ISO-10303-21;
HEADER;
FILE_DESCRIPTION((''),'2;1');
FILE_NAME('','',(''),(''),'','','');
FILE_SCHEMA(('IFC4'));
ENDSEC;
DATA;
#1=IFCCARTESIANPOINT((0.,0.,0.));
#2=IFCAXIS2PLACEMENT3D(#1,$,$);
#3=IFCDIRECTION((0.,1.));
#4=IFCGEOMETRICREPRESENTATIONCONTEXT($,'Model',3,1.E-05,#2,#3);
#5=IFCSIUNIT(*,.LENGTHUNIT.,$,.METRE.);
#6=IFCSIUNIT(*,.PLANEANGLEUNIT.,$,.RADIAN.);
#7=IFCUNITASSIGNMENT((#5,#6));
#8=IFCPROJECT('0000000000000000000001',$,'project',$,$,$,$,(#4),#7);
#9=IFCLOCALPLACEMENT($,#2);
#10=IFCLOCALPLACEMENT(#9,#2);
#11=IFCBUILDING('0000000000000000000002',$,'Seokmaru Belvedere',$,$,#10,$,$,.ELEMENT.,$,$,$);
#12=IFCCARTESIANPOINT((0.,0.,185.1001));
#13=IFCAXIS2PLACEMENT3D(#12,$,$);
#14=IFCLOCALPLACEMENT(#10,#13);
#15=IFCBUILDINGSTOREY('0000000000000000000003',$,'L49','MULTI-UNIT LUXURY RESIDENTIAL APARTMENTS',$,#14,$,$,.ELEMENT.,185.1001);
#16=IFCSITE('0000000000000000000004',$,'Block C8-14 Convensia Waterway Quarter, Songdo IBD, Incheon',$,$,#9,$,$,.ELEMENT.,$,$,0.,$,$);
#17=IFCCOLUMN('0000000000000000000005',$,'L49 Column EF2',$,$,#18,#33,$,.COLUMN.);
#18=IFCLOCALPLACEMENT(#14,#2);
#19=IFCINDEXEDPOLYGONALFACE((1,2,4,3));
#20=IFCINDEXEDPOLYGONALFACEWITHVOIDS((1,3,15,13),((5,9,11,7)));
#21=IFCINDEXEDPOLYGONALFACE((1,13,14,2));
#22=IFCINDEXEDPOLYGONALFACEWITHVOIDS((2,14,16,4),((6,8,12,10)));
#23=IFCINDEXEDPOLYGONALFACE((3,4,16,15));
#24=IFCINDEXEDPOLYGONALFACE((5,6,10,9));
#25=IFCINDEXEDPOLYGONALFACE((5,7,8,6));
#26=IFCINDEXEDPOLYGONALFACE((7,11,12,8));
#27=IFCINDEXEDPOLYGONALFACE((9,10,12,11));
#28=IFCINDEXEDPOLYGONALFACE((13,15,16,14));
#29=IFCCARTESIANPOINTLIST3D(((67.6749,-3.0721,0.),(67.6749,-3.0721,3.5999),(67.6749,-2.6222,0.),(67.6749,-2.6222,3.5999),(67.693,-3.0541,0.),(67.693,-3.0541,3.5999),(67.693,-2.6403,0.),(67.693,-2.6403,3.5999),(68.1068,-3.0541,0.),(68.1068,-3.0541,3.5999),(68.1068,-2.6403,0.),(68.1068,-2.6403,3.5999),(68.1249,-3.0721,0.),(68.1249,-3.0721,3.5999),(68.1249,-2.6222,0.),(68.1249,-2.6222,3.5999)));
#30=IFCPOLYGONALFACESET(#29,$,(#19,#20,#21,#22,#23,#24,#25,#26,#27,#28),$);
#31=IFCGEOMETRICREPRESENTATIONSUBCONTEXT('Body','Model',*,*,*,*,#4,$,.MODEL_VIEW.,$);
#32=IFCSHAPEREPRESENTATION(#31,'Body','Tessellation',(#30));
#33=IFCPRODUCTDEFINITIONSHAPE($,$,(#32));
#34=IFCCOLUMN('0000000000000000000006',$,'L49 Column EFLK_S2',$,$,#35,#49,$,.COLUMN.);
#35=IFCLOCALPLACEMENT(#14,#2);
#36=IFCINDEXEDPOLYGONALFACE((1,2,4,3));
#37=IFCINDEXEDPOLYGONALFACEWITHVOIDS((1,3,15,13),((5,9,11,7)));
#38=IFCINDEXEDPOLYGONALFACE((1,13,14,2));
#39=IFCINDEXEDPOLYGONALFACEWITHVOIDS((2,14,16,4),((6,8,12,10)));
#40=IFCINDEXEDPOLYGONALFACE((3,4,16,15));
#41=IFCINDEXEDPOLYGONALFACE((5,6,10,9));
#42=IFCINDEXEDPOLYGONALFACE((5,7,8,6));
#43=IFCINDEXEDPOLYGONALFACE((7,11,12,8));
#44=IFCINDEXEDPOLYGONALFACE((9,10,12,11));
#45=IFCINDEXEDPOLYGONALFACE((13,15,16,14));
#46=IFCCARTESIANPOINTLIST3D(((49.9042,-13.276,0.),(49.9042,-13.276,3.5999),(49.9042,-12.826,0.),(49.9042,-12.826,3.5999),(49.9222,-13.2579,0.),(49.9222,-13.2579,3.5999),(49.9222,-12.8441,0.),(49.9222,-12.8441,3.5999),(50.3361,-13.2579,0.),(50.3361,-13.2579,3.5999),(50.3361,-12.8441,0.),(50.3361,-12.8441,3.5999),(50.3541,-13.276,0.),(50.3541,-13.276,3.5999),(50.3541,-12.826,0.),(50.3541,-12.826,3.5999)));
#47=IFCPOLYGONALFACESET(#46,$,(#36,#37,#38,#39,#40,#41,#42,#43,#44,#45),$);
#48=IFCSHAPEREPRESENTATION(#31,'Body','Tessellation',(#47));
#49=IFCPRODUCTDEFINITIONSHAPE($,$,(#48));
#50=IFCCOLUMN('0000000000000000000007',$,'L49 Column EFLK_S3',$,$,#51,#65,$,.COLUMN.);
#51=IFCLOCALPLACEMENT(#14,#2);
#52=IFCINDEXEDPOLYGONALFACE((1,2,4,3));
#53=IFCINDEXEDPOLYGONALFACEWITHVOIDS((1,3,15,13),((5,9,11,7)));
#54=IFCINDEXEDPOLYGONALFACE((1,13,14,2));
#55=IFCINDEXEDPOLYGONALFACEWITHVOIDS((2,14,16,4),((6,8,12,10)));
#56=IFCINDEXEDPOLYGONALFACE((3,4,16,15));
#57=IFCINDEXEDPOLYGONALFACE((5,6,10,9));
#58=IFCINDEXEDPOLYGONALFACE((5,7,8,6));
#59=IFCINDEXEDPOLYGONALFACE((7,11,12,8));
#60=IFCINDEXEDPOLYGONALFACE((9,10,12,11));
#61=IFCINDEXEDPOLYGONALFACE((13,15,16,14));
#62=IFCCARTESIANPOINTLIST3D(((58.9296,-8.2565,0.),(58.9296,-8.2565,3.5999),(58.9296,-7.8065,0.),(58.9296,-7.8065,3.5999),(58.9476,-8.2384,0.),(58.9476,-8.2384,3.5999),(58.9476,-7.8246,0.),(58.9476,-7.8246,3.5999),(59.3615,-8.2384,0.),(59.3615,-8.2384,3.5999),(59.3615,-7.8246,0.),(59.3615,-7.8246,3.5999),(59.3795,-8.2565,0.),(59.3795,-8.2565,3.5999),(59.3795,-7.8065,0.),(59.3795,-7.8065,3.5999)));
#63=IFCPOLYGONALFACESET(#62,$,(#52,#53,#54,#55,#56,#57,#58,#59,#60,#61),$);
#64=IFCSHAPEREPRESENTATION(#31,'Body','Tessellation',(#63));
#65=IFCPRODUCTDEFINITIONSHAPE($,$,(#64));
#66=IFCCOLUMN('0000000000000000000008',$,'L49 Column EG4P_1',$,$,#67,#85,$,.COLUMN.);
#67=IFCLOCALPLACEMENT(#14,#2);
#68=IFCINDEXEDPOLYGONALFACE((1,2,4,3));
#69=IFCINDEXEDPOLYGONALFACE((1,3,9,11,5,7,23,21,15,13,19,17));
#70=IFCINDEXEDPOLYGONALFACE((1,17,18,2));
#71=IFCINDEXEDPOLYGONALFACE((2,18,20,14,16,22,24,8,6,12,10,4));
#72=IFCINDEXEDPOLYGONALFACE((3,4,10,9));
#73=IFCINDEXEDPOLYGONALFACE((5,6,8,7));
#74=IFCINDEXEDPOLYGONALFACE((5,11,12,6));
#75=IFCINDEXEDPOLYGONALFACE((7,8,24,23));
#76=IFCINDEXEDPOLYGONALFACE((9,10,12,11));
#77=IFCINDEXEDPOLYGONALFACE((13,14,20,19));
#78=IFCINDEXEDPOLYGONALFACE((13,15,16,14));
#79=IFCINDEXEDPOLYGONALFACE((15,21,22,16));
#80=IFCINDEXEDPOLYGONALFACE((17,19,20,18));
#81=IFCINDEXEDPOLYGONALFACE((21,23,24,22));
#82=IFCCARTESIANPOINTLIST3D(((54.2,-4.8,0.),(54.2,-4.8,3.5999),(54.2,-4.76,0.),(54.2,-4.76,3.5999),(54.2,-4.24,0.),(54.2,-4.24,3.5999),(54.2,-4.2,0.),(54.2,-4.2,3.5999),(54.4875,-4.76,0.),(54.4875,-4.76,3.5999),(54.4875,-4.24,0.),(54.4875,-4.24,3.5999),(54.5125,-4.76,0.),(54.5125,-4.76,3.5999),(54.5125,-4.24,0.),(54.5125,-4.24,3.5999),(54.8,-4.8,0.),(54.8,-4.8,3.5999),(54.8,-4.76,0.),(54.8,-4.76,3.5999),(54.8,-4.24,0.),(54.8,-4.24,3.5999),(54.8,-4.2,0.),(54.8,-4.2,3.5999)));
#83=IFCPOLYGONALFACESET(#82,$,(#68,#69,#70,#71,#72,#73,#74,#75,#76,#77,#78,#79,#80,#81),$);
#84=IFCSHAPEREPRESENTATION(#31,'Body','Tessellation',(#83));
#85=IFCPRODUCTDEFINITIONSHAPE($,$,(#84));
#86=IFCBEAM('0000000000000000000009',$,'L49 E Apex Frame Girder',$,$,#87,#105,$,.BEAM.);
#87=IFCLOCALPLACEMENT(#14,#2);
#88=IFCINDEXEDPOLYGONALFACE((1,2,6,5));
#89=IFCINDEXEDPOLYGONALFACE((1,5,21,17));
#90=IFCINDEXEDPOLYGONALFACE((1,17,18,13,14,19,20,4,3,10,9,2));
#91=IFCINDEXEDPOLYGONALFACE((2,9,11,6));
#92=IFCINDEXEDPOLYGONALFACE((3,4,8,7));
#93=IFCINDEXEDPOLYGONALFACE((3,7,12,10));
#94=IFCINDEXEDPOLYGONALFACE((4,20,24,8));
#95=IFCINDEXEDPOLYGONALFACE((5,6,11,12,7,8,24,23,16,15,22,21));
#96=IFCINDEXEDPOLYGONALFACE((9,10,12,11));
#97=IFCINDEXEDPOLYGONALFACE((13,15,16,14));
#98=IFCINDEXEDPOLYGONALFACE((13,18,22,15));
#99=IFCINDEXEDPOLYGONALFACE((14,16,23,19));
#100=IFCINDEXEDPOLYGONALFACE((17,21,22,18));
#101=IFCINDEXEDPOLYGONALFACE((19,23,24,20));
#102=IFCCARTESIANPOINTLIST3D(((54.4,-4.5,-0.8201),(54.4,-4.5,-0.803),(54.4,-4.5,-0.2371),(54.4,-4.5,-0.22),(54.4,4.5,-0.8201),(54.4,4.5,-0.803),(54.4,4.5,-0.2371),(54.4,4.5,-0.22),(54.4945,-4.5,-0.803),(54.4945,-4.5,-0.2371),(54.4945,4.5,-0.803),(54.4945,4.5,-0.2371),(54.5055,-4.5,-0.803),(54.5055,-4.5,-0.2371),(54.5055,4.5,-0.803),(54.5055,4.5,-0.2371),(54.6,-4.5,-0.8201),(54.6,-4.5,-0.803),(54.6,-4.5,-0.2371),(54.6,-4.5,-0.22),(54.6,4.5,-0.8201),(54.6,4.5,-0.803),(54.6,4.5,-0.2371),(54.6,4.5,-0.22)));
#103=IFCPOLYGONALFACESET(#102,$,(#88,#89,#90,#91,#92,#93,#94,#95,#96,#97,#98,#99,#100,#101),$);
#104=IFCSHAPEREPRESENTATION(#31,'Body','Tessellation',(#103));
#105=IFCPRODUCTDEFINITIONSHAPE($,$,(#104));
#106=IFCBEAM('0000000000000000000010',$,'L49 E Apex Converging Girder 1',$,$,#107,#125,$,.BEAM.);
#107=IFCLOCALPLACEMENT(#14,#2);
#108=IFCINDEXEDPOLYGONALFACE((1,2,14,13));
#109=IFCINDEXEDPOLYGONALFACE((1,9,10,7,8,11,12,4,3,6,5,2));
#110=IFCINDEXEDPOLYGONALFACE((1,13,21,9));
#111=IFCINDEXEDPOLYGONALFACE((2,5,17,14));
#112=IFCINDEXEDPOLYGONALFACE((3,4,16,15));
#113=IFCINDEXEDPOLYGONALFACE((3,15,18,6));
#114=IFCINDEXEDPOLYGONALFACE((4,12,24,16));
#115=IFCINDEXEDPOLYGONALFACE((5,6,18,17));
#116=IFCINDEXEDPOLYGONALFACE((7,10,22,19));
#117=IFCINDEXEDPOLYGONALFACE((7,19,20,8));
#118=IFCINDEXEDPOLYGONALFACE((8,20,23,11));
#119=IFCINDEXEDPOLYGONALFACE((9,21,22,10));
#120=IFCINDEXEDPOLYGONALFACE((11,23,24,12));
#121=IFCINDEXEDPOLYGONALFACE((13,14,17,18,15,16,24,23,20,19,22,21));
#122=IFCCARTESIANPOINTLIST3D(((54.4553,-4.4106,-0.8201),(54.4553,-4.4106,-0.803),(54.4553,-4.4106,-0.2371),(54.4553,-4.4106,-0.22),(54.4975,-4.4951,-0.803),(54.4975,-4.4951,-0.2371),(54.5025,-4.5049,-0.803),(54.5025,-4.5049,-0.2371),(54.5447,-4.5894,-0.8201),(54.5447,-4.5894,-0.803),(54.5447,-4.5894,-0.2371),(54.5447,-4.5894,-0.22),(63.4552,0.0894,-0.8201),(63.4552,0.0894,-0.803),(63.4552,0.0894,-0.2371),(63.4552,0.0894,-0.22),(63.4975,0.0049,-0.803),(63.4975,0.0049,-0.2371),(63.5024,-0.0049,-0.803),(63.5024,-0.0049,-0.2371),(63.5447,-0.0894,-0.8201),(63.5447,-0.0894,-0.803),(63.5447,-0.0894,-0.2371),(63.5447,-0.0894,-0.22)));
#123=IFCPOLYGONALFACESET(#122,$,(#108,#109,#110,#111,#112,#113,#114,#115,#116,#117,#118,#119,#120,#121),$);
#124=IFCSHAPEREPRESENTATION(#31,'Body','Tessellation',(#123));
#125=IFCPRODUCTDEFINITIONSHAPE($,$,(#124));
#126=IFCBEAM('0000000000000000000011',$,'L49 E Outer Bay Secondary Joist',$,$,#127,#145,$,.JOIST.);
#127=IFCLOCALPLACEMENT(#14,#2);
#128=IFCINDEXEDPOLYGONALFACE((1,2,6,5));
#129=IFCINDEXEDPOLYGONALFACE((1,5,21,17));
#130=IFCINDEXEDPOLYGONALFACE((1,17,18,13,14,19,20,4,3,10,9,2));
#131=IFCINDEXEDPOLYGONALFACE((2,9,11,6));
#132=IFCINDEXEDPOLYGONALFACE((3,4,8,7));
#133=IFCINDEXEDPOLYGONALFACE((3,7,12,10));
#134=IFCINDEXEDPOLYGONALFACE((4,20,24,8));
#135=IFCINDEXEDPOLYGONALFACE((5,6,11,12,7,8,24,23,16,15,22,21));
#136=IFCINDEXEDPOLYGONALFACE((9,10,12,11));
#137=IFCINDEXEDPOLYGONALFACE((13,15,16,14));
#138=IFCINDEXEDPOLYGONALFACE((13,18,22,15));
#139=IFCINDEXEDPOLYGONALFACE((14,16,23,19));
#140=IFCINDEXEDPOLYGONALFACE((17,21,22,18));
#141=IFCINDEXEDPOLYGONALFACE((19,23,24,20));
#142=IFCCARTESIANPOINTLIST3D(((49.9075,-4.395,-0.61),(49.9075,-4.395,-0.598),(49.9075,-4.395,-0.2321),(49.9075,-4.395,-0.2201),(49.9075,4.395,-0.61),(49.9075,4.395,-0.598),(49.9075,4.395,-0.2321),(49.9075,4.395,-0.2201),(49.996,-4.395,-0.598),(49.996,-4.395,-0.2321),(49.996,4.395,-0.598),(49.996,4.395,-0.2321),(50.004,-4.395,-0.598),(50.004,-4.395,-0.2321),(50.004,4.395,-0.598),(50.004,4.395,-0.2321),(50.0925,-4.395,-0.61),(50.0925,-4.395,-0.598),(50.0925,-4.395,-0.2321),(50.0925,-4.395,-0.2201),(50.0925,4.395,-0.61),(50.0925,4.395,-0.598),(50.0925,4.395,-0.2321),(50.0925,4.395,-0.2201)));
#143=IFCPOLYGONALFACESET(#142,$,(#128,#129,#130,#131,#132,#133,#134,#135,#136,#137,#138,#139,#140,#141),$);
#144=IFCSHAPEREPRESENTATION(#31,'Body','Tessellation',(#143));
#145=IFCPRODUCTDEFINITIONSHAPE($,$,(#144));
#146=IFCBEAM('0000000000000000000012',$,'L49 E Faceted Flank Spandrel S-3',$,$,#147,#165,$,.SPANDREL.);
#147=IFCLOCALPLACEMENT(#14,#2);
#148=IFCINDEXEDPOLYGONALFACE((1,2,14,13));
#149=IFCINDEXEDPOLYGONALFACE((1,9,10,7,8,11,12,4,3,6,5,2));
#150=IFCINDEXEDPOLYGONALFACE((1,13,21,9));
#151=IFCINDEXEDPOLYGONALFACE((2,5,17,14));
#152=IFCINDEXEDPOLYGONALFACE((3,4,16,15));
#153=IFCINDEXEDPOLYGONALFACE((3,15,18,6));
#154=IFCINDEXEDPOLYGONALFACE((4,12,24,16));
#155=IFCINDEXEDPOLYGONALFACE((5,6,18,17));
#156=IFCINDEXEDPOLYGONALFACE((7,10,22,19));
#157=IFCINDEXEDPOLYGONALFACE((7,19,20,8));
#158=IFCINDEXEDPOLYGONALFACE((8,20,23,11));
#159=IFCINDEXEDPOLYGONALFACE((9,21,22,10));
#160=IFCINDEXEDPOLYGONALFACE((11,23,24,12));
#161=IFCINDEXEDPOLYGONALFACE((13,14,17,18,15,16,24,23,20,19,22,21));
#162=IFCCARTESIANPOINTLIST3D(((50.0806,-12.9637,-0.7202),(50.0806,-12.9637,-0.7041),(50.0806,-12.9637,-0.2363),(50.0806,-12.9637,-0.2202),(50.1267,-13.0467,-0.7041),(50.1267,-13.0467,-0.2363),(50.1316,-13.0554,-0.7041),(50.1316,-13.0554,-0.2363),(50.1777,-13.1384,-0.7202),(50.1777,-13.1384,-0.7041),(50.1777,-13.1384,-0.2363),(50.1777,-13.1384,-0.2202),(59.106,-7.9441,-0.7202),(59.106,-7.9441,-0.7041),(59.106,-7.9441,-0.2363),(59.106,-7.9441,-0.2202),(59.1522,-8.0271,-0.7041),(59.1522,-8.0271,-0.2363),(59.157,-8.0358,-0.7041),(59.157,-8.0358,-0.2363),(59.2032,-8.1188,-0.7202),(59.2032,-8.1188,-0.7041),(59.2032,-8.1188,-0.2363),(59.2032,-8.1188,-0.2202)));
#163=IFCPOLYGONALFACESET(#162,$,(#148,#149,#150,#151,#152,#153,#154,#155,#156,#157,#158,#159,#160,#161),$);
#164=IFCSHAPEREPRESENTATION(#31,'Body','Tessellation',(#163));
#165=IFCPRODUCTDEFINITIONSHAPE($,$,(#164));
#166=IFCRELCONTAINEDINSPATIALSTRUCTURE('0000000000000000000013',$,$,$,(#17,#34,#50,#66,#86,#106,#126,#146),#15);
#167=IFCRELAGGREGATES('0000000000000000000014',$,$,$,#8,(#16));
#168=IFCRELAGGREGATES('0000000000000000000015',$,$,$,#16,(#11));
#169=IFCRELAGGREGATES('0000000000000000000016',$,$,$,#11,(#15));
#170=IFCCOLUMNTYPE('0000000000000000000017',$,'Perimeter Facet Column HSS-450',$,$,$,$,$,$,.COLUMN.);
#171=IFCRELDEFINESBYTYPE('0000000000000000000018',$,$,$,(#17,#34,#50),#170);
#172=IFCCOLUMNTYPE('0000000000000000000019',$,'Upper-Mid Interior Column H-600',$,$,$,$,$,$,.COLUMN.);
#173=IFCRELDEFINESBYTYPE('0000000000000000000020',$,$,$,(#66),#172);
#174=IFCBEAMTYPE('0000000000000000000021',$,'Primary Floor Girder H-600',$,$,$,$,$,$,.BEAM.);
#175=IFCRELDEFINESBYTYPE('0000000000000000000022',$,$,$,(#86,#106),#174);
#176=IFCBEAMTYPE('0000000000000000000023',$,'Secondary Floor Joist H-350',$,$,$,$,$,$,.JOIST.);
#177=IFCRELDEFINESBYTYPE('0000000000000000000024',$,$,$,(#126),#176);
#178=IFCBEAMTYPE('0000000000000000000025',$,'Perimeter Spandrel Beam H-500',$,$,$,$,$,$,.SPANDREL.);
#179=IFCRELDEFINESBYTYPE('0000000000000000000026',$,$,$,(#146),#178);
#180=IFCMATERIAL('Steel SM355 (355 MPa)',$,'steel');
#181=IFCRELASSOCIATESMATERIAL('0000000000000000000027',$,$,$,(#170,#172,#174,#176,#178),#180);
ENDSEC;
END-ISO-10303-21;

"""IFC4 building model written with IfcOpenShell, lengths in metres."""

from ifc_helpers import new_model, si_unit, direction, frame, origin, origin_2d, place, context, subcontext, project, spatial, hollow_rectangle, i_section, extrude, source, transform, mapped, material, material_profile, profile_set, type_object, type_shapes, element, save


model = new_model("IFC4")

# Units and contexts
model_context = context("Model", 3, precision=1e-05, world=origin(), true_north=direction((0.0, 1.0)))
body_context = subcontext(model_context, "Body", "Model", "MODEL_VIEW")
ifc_project = project(units=[si_unit("LENGTHUNIT", "METRE"), si_unit("PLANEANGLEUNIT", "RADIAN")], contexts=[model_context])

# Site, building, storey
site_placement = place(None, origin())
site = spatial("IfcSite", under=ifc_project, at=site_placement, Name="Block C8-14 Convensia Waterway Quarter, Songdo IBD, Incheon", CompositionType="ELEMENT", RefElevation=0.0)
building_placement = place(site_placement, origin())
building = spatial("IfcBuilding", under=site, at=building_placement, Name="Seokmaru Belvedere", CompositionType="ELEMENT")
storey_placement = place(building_placement, frame((0.0, 0.0, 185.1001)))
storey = spatial("IfcBuildingStorey", under=building, at=storey_placement, Name="L49", Description="MULTI-UNIT LUXURY RESIDENTIAL APARTMENTS", CompositionType="ELEMENT", Elevation=185.1001)

# Columns
ifc_material_1 = material(Name="Steel SM355 (355 MPa)", Category="steel")
ifc_material_profile_1 = material_profile(ifc_material_1, hollow_rectangle(XDim=0.45, YDim=0.45, WallThickness=0.0181, at=origin_2d()), Name="HSS-450x450x18")
ifc_profile_set_1 = profile_set([ifc_material_profile_1], Name="Steel SM355 (355 MPa)")
column_type_1 = type_object("IfcColumnType", Name="Perimeter Facet Column HSS-450", PredefinedType="COLUMN", material=ifc_profile_set_1)
shared_shape_1 = source(origin(), body_context, "Body", "SweptSolid", [
    extrude(hollow_rectangle(XDim=0.45, YDim=0.45, WallThickness=0.0181, at=origin_2d()), origin(), (0.0, 0.0, 1.0), 3.5999),
])
type_shapes(column_type_1, [shared_shape_1])
for number, where, z_axis, x_axis, name in (
    (1, (67.8999, -2.8472, 0.0), (0.0, 0.0, 1.0), (1.0, 0.0, 0.0), "L49 Column EF2"),
    (2, (50.1292, -13.051, 0.0), (0.0, 0.0, 1.0), (1.0, 0.0, 0.0), "L49 Column EFLK_S2"),
    (3, (59.1545, -8.0315, 0.0), (0.0, 0.0, 1.0), (1.0, 0.0, 0.0), "L49 Column EFLK_S3"),
):
    element("IfcColumn", number, at=place(storey_placement, frame(where, z_axis=z_axis, x_axis=x_axis)), inside=storey, type_object=column_type_1, Name=name, PredefinedType="COLUMN", context=body_context, shape_type="MappedRepresentation", body=[
        mapped(shared_shape_1, transform((0.0, 0.0, 0.0), scale=1.0)),
    ])
ifc_material_profile_2 = material_profile(ifc_material_1, i_section(OverallWidth=0.6001, OverallDepth=0.6001, WebThickness=0.0249, FlangeThickness=0.04, at=origin_2d()), Name="H-600x600x25x40")
ifc_profile_set_2 = profile_set([ifc_material_profile_2], Name="Steel SM355 (355 MPa)")
column_type_2 = type_object("IfcColumnType", Name="Upper-Mid Interior Column H-600", PredefinedType="COLUMN", material=ifc_profile_set_2)
shared_shape_2 = source(origin(), body_context, "Body", "SweptSolid", [
    extrude(i_section(OverallWidth=0.6001, OverallDepth=0.6001, WebThickness=0.0249, FlangeThickness=0.04, at=origin_2d()), origin(), (0.0, 0.0, 1.0), 3.5999),
])
type_shapes(column_type_2, [shared_shape_2])
column_placement = place(storey_placement, frame((54.5, -4.5, 0.0), z_axis=(0.0, 0.0, 1.0), x_axis=(1.0, 0.0, 0.0)))
element("IfcColumn", 4, at=column_placement, inside=storey, type_object=column_type_2, Name="L49 Column EG4P_1", PredefinedType="COLUMN", context=body_context, shape_type="MappedRepresentation", body=[
    mapped(shared_shape_2, transform((0.0, 0.0, 0.0), scale=1.0)),
])

# Beams
ifc_material_profile_3 = material_profile(ifc_material_1, i_section(OverallWidth=0.2, OverallDepth=0.6001, WebThickness=0.011, FlangeThickness=0.0171, at=origin_2d()), Name="H-600x200x11x17")
ifc_profile_set_3 = profile_set([ifc_material_profile_3], Name="Steel SM355 (355 MPa)")
beam_type_1 = type_object("IfcBeamType", Name="Primary Floor Girder H-600", PredefinedType="BEAM", material=ifc_profile_set_3)
shared_shape_3 = source(origin(), body_context, "Body", "SweptSolid", [
    extrude(i_section(OverallWidth=0.2, OverallDepth=0.6001, WebThickness=0.011, FlangeThickness=0.0171, at=origin_2d()), origin(), (0.0, 0.0, 1.0), 9.0),
])
beam_1_placement = place(storey_placement, frame((54.5, -4.5, -0.52), z_axis=(0.0, 1.0, 0.0), x_axis=(-1.0, 0.0, 0.0)))
element("IfcBeam", 5, at=beam_1_placement, inside=storey, type_object=beam_type_1, Name="L49 E Apex Frame Girder", PredefinedType="BEAM", context=body_context, shape_type="MappedRepresentation", body=[
    mapped(shared_shape_3, transform((0.0, 0.0, 0.0), scale=1.0)),
])
shared_shape_4 = source(origin(), body_context, "Body", "SweptSolid", [
    extrude(i_section(OverallWidth=0.2, OverallDepth=0.6001, WebThickness=0.011, FlangeThickness=0.0171, at=origin_2d()), origin(), (0.0, 0.0, 1.0), 10.0623),
])
beam_2_placement = place(storey_placement, frame((54.5, -4.5, -0.52), z_axis=(0.894427, 0.447214, 0.0), x_axis=(-0.447214, 0.894427, 0.0)))
element("IfcBeam", 6, at=beam_2_placement, inside=storey, type_object=beam_type_1, Name="L49 E Apex Converging Girder 1", PredefinedType="BEAM", context=body_context, shape_type="MappedRepresentation", body=[
    mapped(shared_shape_4, transform((0.0, 0.0, 0.0), scale=1.0)),
])
ifc_material_profile_4 = material_profile(ifc_material_1, i_section(OverallWidth=0.1851, OverallDepth=0.3899, WebThickness=0.0081, FlangeThickness=0.012, at=origin_2d()), Name="H-390x185x8x12")
ifc_profile_set_4 = profile_set([ifc_material_profile_4], Name="Steel SM355 (355 MPa)")
beam_type_2 = type_object("IfcBeamType", Name="Secondary Floor Joist H-350", PredefinedType="JOIST", material=ifc_profile_set_4)
shared_shape_5 = source(origin(), body_context, "Body", "SweptSolid", [
    extrude(i_section(OverallWidth=0.1851, OverallDepth=0.3899, WebThickness=0.0081, FlangeThickness=0.012, at=origin_2d()), origin(), (0.0, 0.0, 1.0), 8.79),
])
type_shapes(beam_type_2, [shared_shape_5])
beam_3_placement = place(storey_placement, frame((50.0, -4.395, -0.415), z_axis=(0.0, 1.0, 0.0), x_axis=(-1.0, 0.0, 0.0)))
element("IfcBeam", 7, at=beam_3_placement, inside=storey, type_object=beam_type_2, Name="L49 E Outer Bay Secondary Joist", PredefinedType="JOIST", context=body_context, shape_type="MappedRepresentation", body=[
    mapped(shared_shape_5, transform((0.0, 0.0, 0.0), scale=1.0)),
])
ifc_material_profile_5 = material_profile(ifc_material_1, i_section(OverallWidth=0.2, OverallDepth=0.5, WebThickness=0.01, FlangeThickness=0.0161, at=origin_2d()), Name="H-500x200x10x16")
ifc_profile_set_5 = profile_set([ifc_material_profile_5], Name="Steel SM355 (355 MPa)")
beam_type_3 = type_object("IfcBeamType", Name="Perimeter Spandrel Beam H-500", PredefinedType="SPANDREL", material=ifc_profile_set_5)
shared_shape_6 = source(origin(), body_context, "Body", "SweptSolid", [
    extrude(i_section(OverallWidth=0.2, OverallDepth=0.5, WebThickness=0.01, FlangeThickness=0.0161, at=origin_2d()), origin(), (0.0, 0.0, 1.0), 10.3274),
])
beam_4_placement = place(storey_placement, frame((50.1292, -13.051, -0.4702), z_axis=(0.873934, 0.486044, 0.0), x_axis=(-0.486044, 0.873934, 0.0)))
element("IfcBeam", 8, at=beam_4_placement, inside=storey, type_object=beam_type_3, Name="L49 E Faceted Flank Spandrel S-3", PredefinedType="SPANDREL", context=body_context, shape_type="MappedRepresentation", body=[
    mapped(shared_shape_6, transform((0.0, 0.0, 0.0), scale=1.0)),
])

save(model, "model.ifc")
